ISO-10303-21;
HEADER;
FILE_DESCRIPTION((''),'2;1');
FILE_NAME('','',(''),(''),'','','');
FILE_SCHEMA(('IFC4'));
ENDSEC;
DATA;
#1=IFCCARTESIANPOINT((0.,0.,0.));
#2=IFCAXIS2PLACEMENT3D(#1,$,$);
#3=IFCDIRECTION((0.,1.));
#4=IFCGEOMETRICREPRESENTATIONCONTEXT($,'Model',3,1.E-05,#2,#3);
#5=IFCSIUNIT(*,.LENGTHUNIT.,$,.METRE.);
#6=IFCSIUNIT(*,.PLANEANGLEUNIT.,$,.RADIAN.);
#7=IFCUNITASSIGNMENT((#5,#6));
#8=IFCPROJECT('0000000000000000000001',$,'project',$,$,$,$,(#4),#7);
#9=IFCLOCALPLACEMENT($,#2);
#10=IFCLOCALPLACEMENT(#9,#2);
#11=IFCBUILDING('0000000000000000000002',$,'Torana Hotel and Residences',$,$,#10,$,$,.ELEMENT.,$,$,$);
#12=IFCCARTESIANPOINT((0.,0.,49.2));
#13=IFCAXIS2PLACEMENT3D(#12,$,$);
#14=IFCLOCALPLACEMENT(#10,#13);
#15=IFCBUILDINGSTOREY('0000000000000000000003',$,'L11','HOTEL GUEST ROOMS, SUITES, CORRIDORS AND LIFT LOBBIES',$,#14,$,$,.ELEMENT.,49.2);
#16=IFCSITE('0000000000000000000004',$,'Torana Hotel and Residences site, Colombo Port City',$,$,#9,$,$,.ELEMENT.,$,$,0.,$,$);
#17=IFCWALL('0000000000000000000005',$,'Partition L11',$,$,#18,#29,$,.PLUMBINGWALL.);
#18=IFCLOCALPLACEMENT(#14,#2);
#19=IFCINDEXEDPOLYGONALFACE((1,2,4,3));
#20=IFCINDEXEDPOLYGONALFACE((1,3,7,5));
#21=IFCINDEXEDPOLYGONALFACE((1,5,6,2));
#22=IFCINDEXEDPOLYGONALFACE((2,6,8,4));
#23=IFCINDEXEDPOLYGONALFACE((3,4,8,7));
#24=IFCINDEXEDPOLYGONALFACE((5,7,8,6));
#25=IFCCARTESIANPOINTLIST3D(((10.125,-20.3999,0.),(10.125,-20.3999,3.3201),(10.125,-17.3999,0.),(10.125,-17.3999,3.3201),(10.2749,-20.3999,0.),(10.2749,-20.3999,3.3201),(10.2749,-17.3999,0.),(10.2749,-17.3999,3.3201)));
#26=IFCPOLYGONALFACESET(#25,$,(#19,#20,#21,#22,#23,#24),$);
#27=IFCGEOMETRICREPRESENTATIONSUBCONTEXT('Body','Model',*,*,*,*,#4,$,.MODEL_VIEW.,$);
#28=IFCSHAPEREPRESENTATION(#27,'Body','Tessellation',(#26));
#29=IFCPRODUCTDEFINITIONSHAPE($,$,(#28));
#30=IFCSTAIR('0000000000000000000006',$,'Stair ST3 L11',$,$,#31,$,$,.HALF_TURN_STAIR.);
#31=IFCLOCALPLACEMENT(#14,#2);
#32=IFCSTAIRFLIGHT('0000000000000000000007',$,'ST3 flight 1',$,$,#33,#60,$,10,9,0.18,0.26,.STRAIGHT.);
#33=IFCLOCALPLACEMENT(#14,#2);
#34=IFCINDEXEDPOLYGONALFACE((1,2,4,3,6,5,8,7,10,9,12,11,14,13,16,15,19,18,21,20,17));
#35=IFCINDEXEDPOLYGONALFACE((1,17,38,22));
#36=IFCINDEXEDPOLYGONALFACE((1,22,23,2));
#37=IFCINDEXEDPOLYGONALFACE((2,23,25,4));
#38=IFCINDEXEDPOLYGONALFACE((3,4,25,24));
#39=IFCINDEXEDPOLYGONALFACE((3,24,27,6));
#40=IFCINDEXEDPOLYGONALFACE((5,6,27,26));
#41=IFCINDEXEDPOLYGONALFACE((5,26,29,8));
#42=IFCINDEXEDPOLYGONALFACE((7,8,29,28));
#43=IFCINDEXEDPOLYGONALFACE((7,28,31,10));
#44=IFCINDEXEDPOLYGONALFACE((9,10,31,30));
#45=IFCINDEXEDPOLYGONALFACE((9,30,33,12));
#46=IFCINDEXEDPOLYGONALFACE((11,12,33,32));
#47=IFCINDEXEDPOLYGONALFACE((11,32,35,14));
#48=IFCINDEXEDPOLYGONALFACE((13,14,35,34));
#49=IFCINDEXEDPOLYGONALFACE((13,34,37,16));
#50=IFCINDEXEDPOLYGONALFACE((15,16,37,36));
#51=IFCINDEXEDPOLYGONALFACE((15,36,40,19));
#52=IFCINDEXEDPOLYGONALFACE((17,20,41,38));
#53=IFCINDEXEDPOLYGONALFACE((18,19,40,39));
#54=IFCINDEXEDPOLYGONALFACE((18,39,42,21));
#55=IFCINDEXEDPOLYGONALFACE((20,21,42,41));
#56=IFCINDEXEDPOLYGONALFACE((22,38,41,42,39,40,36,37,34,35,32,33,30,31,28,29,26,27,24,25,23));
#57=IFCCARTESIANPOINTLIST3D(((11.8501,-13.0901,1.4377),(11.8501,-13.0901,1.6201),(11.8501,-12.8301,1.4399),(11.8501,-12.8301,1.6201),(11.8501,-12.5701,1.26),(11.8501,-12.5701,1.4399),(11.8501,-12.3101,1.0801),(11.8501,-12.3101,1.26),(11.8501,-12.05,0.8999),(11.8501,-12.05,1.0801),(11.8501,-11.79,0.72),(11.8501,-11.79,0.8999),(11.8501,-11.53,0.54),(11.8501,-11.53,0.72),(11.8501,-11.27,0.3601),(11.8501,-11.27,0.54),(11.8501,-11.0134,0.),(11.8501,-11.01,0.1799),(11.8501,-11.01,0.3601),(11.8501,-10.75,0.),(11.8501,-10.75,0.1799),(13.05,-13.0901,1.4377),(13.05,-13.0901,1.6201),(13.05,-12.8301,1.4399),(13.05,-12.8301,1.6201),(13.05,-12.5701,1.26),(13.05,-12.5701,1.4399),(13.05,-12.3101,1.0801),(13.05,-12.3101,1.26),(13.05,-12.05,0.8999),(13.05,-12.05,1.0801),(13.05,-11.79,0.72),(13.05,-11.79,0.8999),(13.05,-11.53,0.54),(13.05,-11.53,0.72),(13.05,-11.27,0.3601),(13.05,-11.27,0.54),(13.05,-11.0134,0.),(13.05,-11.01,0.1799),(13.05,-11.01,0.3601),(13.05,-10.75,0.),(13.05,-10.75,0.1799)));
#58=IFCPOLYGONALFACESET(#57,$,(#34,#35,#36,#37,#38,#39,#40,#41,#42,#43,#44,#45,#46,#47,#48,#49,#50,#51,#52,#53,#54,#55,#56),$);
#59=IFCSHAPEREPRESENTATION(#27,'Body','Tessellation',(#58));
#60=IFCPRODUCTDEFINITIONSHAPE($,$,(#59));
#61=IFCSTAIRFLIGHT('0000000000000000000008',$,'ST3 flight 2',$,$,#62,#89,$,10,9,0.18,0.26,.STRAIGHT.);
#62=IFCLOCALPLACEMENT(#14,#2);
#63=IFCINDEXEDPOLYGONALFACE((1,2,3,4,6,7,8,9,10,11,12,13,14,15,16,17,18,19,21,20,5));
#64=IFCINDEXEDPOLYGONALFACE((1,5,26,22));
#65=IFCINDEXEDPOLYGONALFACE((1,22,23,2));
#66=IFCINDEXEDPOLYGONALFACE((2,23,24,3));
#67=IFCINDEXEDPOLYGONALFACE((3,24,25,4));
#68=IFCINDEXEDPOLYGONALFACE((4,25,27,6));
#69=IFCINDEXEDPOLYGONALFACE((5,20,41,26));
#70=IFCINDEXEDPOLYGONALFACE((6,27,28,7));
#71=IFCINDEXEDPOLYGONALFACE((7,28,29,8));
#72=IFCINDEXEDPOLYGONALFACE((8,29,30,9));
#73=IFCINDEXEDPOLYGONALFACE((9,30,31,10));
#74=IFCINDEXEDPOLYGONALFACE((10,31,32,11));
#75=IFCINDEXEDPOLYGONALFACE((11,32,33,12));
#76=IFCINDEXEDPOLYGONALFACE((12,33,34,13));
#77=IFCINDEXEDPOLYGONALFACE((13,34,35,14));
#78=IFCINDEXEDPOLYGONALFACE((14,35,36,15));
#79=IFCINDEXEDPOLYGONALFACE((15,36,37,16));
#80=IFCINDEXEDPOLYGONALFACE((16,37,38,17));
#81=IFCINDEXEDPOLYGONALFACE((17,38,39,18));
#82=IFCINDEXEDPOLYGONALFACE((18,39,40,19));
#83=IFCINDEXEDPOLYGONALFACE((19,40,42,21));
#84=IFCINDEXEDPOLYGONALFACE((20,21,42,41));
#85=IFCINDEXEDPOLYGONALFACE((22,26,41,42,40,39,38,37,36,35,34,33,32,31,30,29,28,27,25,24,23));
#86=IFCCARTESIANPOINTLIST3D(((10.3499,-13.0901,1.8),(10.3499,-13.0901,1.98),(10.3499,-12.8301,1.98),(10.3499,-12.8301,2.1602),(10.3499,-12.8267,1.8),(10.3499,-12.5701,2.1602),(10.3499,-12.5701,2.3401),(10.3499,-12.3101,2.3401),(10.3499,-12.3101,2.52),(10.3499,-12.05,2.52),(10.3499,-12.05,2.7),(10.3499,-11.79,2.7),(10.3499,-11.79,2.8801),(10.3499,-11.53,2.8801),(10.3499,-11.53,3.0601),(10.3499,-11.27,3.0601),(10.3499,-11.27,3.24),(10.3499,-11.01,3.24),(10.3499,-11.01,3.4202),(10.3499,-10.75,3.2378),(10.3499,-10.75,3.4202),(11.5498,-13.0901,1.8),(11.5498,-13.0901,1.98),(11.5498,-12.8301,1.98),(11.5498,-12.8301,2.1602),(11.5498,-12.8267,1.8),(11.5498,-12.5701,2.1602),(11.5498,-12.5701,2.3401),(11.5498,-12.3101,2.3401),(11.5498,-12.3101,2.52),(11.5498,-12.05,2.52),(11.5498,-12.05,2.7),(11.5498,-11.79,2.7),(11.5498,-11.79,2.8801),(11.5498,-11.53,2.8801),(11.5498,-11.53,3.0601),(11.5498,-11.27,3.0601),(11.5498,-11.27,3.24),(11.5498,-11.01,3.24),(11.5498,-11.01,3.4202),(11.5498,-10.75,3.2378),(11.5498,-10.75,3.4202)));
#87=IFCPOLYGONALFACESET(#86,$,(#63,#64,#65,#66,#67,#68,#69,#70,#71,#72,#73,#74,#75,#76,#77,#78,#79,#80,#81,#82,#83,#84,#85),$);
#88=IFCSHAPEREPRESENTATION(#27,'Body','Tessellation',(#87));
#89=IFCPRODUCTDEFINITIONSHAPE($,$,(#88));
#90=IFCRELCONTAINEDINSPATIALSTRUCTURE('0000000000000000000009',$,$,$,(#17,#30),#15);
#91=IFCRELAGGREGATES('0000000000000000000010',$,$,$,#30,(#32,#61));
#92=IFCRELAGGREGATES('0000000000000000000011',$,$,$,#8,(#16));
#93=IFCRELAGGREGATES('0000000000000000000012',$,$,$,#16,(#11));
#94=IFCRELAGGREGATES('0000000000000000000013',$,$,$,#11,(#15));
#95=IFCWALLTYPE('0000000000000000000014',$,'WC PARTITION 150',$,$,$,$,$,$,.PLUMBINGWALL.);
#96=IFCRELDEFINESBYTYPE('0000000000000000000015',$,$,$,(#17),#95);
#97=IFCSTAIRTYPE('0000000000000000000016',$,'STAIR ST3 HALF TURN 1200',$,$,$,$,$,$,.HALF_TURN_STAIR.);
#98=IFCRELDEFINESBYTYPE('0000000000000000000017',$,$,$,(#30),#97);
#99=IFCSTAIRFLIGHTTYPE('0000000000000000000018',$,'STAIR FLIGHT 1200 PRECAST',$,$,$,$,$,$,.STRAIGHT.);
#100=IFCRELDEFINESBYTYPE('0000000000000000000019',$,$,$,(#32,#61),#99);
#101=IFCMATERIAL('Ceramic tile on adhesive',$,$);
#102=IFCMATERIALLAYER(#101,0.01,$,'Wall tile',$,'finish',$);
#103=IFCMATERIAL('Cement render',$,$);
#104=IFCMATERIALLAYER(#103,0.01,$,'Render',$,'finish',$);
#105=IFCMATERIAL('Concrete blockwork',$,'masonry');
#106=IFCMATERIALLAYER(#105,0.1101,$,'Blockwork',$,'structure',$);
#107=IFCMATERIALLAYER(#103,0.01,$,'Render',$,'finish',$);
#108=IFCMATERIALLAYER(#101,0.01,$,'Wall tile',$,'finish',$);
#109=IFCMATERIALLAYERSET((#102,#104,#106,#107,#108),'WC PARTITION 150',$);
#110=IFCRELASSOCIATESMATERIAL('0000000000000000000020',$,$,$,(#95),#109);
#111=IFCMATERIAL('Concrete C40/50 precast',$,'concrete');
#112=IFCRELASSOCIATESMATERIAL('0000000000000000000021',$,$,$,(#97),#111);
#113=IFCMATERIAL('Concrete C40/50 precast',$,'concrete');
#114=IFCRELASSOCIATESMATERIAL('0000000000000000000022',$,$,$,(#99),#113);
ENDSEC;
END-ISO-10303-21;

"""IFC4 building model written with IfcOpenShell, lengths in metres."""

from ifc_helpers import new_model, si_unit, direction, frame, frame_2d, origin, place, context, subcontext, project, spatial, polyline, rectangle, outline, extrude, material, layer, layer_set, type_object, element, aggregate, save


model = new_model("IFC4")

# Units and contexts
model_context = context("Model", 3, precision=1e-05, world=origin(), true_north=direction((0.0, 1.0)))
body_context = subcontext(model_context, "Body", "Model", "MODEL_VIEW")
ifc_project = project(units=[si_unit("LENGTHUNIT", "METRE"), si_unit("PLANEANGLEUNIT", "RADIAN")], contexts=[model_context])

# Site, building, storey
site_placement = place(None, origin())
site = spatial("IfcSite", under=ifc_project, at=site_placement, Name="Torana Hotel and Residences site, Colombo Port City", CompositionType="ELEMENT", RefElevation=0.0)
building_placement = place(site_placement, origin())
building = spatial("IfcBuilding", under=site, at=building_placement, Name="Torana Hotel and Residences", CompositionType="ELEMENT")
storey_placement = place(building_placement, frame((0.0, 0.0, 49.2)))
storey = spatial("IfcBuildingStorey", under=building, at=storey_placement, Name="L11", Description="HOTEL GUEST ROOMS, SUITES, CORRIDORS AND LIFT LOBBIES", CompositionType="ELEMENT", Elevation=49.2)

# Wall
ifc_material_1 = material(Name="Ceramic tile on adhesive")
ifc_layer_1 = layer(ifc_material_1, 0.01, Name="Wall tile", Category="finish")
ifc_material_2 = material(Name="Cement render")
ifc_layer_2 = layer(ifc_material_2, 0.01, Name="Render", Category="finish")
ifc_material_3 = material(Name="Concrete blockwork", Category="masonry")
ifc_layer_3 = layer(ifc_material_3, 0.1101, Name="Blockwork", Category="structure")
ifc_layer_4 = layer(ifc_material_2, 0.01, Name="Render", Category="finish")
ifc_layer_5 = layer(ifc_material_1, 0.01, Name="Wall tile", Category="finish")
ifc_layer_set_1 = layer_set([ifc_layer_1, ifc_layer_2, ifc_layer_3, ifc_layer_4, ifc_layer_5], Name="WC PARTITION 150")
wall_type_1 = type_object("IfcWallType", Name="WC PARTITION 150", PredefinedType="PLUMBINGWALL", material=ifc_layer_set_1)
wall_1_placement = place(storey_placement, frame((10.2, -20.3999, 0.0), z_axis=(0.0, 0.0, 1.0), x_axis=(0.0, 1.0, 0.0)))
element("IfcWall", 1, at=wall_1_placement, inside=storey, type_object=wall_type_1, Name="Partition L11", PredefinedType="PLUMBINGWALL", context=body_context, shape_type="SweptSolid", body=[
    extrude(rectangle(XDim=3.0, YDim=0.1499, at=frame_2d((1.5, 0.0))), origin(), (0.0, 0.0, 1.0), 3.3201),
])

# Stair, stair flights
ifc_material_4 = material(Name="Concrete C40/50 precast", Category="concrete")
stair_type = type_object("IfcStairType", Name="STAIR ST3 HALF TURN 1200", PredefinedType="HALF_TURN_STAIR", material=ifc_material_4)
stair_placement = place(storey_placement, origin())
stair = element("IfcStair", 2, at=stair_placement, inside=storey, type_object=stair_type, Name="Stair ST3 L11", PredefinedType="HALF_TURN_STAIR")
ifc_material_5 = material(Name="Concrete C40/50 precast", Category="concrete")
stair_flight_type = type_object("IfcStairFlightType", Name="STAIR FLIGHT 1200 PRECAST", PredefinedType="STRAIGHT", material=ifc_material_5)
stair_flight_1_placement = place(storey_placement, frame((12.45, -10.75, 0.0), z_axis=(0.0, 0.0, 1.0), x_axis=(0.0, -1.0, 0.0)))
stair_flight_1 = element("IfcStairFlight", 3, at=stair_flight_1_placement, type_object=stair_flight_type, Name="ST3 flight 1", NumberOfRisers=10, NumberOfTreads=9, PredefinedType="STRAIGHT", RiserHeight=0.18, TreadLength=0.26, context=body_context, shape_type="SweptSolid", body=[
    extrude(outline(polyline([(0.0, 0.0), (0.0, 0.1799), (0.26, 0.1799), (0.26, 0.3601), (0.52, 0.3601), (0.52, 0.54), (0.78, 0.54), (0.78, 0.72), (1.04, 0.72), (1.04, 0.8999), (1.3, 0.8999), (1.3, 1.0801), (1.5601, 1.0801), (1.5601, 1.26), (1.8201, 1.26), (1.8201, 1.4399), (2.0801, 1.4399), (2.0801, 1.6201), (2.3401, 1.6201), (2.3401, 1.8), (2.3401, 1.4377), (0.2634, 0.0), (0.0, 0.0)])), frame((0.0, 0.6001, 0.0), z_axis=(0.0, -1.0, 0.0), x_axis=(1.0, 0.0, 0.0)), (0.0, 0.0, 1.0), 1.2),
])
stair_flight_2_placement = place(storey_placement, frame((10.95, -13.0901, 1.8), z_axis=(0.0, 0.0, 1.0), x_axis=(0.0, 1.0, 0.0)))
stair_flight_2 = element("IfcStairFlight", 4, at=stair_flight_2_placement, type_object=stair_flight_type, Name="ST3 flight 2", NumberOfRisers=10, NumberOfTreads=9, PredefinedType="STRAIGHT", RiserHeight=0.18, TreadLength=0.26, context=body_context, shape_type="SweptSolid", body=[
    extrude(outline(polyline([(0.0, 0.0), (0.0, 0.1799), (0.26, 0.1799), (0.26, 0.3601), (0.52, 0.3601), (0.52, 0.54), (0.78, 0.54), (0.78, 0.72), (1.04, 0.72), (1.04, 0.8999), (1.3, 0.8999), (1.3, 1.0801), (1.5601, 1.0801), (1.5601, 1.26), (1.8201, 1.26), (1.8201, 1.4399), (2.0801, 1.4399), (2.0801, 1.6201), (2.3401, 1.6201), (2.3401, 1.8), (2.3401, 1.4377), (0.2634, 0.0), (0.0, 0.0)])), frame((0.0, 0.6001, 0.0), z_axis=(0.0, -1.0, 0.0), x_axis=(1.0, 0.0, 0.0)), (0.0, 0.0, 1.0), 1.2),
])
aggregate(stair, [stair_flight_1, stair_flight_2])

save(model, "model.ifc")
